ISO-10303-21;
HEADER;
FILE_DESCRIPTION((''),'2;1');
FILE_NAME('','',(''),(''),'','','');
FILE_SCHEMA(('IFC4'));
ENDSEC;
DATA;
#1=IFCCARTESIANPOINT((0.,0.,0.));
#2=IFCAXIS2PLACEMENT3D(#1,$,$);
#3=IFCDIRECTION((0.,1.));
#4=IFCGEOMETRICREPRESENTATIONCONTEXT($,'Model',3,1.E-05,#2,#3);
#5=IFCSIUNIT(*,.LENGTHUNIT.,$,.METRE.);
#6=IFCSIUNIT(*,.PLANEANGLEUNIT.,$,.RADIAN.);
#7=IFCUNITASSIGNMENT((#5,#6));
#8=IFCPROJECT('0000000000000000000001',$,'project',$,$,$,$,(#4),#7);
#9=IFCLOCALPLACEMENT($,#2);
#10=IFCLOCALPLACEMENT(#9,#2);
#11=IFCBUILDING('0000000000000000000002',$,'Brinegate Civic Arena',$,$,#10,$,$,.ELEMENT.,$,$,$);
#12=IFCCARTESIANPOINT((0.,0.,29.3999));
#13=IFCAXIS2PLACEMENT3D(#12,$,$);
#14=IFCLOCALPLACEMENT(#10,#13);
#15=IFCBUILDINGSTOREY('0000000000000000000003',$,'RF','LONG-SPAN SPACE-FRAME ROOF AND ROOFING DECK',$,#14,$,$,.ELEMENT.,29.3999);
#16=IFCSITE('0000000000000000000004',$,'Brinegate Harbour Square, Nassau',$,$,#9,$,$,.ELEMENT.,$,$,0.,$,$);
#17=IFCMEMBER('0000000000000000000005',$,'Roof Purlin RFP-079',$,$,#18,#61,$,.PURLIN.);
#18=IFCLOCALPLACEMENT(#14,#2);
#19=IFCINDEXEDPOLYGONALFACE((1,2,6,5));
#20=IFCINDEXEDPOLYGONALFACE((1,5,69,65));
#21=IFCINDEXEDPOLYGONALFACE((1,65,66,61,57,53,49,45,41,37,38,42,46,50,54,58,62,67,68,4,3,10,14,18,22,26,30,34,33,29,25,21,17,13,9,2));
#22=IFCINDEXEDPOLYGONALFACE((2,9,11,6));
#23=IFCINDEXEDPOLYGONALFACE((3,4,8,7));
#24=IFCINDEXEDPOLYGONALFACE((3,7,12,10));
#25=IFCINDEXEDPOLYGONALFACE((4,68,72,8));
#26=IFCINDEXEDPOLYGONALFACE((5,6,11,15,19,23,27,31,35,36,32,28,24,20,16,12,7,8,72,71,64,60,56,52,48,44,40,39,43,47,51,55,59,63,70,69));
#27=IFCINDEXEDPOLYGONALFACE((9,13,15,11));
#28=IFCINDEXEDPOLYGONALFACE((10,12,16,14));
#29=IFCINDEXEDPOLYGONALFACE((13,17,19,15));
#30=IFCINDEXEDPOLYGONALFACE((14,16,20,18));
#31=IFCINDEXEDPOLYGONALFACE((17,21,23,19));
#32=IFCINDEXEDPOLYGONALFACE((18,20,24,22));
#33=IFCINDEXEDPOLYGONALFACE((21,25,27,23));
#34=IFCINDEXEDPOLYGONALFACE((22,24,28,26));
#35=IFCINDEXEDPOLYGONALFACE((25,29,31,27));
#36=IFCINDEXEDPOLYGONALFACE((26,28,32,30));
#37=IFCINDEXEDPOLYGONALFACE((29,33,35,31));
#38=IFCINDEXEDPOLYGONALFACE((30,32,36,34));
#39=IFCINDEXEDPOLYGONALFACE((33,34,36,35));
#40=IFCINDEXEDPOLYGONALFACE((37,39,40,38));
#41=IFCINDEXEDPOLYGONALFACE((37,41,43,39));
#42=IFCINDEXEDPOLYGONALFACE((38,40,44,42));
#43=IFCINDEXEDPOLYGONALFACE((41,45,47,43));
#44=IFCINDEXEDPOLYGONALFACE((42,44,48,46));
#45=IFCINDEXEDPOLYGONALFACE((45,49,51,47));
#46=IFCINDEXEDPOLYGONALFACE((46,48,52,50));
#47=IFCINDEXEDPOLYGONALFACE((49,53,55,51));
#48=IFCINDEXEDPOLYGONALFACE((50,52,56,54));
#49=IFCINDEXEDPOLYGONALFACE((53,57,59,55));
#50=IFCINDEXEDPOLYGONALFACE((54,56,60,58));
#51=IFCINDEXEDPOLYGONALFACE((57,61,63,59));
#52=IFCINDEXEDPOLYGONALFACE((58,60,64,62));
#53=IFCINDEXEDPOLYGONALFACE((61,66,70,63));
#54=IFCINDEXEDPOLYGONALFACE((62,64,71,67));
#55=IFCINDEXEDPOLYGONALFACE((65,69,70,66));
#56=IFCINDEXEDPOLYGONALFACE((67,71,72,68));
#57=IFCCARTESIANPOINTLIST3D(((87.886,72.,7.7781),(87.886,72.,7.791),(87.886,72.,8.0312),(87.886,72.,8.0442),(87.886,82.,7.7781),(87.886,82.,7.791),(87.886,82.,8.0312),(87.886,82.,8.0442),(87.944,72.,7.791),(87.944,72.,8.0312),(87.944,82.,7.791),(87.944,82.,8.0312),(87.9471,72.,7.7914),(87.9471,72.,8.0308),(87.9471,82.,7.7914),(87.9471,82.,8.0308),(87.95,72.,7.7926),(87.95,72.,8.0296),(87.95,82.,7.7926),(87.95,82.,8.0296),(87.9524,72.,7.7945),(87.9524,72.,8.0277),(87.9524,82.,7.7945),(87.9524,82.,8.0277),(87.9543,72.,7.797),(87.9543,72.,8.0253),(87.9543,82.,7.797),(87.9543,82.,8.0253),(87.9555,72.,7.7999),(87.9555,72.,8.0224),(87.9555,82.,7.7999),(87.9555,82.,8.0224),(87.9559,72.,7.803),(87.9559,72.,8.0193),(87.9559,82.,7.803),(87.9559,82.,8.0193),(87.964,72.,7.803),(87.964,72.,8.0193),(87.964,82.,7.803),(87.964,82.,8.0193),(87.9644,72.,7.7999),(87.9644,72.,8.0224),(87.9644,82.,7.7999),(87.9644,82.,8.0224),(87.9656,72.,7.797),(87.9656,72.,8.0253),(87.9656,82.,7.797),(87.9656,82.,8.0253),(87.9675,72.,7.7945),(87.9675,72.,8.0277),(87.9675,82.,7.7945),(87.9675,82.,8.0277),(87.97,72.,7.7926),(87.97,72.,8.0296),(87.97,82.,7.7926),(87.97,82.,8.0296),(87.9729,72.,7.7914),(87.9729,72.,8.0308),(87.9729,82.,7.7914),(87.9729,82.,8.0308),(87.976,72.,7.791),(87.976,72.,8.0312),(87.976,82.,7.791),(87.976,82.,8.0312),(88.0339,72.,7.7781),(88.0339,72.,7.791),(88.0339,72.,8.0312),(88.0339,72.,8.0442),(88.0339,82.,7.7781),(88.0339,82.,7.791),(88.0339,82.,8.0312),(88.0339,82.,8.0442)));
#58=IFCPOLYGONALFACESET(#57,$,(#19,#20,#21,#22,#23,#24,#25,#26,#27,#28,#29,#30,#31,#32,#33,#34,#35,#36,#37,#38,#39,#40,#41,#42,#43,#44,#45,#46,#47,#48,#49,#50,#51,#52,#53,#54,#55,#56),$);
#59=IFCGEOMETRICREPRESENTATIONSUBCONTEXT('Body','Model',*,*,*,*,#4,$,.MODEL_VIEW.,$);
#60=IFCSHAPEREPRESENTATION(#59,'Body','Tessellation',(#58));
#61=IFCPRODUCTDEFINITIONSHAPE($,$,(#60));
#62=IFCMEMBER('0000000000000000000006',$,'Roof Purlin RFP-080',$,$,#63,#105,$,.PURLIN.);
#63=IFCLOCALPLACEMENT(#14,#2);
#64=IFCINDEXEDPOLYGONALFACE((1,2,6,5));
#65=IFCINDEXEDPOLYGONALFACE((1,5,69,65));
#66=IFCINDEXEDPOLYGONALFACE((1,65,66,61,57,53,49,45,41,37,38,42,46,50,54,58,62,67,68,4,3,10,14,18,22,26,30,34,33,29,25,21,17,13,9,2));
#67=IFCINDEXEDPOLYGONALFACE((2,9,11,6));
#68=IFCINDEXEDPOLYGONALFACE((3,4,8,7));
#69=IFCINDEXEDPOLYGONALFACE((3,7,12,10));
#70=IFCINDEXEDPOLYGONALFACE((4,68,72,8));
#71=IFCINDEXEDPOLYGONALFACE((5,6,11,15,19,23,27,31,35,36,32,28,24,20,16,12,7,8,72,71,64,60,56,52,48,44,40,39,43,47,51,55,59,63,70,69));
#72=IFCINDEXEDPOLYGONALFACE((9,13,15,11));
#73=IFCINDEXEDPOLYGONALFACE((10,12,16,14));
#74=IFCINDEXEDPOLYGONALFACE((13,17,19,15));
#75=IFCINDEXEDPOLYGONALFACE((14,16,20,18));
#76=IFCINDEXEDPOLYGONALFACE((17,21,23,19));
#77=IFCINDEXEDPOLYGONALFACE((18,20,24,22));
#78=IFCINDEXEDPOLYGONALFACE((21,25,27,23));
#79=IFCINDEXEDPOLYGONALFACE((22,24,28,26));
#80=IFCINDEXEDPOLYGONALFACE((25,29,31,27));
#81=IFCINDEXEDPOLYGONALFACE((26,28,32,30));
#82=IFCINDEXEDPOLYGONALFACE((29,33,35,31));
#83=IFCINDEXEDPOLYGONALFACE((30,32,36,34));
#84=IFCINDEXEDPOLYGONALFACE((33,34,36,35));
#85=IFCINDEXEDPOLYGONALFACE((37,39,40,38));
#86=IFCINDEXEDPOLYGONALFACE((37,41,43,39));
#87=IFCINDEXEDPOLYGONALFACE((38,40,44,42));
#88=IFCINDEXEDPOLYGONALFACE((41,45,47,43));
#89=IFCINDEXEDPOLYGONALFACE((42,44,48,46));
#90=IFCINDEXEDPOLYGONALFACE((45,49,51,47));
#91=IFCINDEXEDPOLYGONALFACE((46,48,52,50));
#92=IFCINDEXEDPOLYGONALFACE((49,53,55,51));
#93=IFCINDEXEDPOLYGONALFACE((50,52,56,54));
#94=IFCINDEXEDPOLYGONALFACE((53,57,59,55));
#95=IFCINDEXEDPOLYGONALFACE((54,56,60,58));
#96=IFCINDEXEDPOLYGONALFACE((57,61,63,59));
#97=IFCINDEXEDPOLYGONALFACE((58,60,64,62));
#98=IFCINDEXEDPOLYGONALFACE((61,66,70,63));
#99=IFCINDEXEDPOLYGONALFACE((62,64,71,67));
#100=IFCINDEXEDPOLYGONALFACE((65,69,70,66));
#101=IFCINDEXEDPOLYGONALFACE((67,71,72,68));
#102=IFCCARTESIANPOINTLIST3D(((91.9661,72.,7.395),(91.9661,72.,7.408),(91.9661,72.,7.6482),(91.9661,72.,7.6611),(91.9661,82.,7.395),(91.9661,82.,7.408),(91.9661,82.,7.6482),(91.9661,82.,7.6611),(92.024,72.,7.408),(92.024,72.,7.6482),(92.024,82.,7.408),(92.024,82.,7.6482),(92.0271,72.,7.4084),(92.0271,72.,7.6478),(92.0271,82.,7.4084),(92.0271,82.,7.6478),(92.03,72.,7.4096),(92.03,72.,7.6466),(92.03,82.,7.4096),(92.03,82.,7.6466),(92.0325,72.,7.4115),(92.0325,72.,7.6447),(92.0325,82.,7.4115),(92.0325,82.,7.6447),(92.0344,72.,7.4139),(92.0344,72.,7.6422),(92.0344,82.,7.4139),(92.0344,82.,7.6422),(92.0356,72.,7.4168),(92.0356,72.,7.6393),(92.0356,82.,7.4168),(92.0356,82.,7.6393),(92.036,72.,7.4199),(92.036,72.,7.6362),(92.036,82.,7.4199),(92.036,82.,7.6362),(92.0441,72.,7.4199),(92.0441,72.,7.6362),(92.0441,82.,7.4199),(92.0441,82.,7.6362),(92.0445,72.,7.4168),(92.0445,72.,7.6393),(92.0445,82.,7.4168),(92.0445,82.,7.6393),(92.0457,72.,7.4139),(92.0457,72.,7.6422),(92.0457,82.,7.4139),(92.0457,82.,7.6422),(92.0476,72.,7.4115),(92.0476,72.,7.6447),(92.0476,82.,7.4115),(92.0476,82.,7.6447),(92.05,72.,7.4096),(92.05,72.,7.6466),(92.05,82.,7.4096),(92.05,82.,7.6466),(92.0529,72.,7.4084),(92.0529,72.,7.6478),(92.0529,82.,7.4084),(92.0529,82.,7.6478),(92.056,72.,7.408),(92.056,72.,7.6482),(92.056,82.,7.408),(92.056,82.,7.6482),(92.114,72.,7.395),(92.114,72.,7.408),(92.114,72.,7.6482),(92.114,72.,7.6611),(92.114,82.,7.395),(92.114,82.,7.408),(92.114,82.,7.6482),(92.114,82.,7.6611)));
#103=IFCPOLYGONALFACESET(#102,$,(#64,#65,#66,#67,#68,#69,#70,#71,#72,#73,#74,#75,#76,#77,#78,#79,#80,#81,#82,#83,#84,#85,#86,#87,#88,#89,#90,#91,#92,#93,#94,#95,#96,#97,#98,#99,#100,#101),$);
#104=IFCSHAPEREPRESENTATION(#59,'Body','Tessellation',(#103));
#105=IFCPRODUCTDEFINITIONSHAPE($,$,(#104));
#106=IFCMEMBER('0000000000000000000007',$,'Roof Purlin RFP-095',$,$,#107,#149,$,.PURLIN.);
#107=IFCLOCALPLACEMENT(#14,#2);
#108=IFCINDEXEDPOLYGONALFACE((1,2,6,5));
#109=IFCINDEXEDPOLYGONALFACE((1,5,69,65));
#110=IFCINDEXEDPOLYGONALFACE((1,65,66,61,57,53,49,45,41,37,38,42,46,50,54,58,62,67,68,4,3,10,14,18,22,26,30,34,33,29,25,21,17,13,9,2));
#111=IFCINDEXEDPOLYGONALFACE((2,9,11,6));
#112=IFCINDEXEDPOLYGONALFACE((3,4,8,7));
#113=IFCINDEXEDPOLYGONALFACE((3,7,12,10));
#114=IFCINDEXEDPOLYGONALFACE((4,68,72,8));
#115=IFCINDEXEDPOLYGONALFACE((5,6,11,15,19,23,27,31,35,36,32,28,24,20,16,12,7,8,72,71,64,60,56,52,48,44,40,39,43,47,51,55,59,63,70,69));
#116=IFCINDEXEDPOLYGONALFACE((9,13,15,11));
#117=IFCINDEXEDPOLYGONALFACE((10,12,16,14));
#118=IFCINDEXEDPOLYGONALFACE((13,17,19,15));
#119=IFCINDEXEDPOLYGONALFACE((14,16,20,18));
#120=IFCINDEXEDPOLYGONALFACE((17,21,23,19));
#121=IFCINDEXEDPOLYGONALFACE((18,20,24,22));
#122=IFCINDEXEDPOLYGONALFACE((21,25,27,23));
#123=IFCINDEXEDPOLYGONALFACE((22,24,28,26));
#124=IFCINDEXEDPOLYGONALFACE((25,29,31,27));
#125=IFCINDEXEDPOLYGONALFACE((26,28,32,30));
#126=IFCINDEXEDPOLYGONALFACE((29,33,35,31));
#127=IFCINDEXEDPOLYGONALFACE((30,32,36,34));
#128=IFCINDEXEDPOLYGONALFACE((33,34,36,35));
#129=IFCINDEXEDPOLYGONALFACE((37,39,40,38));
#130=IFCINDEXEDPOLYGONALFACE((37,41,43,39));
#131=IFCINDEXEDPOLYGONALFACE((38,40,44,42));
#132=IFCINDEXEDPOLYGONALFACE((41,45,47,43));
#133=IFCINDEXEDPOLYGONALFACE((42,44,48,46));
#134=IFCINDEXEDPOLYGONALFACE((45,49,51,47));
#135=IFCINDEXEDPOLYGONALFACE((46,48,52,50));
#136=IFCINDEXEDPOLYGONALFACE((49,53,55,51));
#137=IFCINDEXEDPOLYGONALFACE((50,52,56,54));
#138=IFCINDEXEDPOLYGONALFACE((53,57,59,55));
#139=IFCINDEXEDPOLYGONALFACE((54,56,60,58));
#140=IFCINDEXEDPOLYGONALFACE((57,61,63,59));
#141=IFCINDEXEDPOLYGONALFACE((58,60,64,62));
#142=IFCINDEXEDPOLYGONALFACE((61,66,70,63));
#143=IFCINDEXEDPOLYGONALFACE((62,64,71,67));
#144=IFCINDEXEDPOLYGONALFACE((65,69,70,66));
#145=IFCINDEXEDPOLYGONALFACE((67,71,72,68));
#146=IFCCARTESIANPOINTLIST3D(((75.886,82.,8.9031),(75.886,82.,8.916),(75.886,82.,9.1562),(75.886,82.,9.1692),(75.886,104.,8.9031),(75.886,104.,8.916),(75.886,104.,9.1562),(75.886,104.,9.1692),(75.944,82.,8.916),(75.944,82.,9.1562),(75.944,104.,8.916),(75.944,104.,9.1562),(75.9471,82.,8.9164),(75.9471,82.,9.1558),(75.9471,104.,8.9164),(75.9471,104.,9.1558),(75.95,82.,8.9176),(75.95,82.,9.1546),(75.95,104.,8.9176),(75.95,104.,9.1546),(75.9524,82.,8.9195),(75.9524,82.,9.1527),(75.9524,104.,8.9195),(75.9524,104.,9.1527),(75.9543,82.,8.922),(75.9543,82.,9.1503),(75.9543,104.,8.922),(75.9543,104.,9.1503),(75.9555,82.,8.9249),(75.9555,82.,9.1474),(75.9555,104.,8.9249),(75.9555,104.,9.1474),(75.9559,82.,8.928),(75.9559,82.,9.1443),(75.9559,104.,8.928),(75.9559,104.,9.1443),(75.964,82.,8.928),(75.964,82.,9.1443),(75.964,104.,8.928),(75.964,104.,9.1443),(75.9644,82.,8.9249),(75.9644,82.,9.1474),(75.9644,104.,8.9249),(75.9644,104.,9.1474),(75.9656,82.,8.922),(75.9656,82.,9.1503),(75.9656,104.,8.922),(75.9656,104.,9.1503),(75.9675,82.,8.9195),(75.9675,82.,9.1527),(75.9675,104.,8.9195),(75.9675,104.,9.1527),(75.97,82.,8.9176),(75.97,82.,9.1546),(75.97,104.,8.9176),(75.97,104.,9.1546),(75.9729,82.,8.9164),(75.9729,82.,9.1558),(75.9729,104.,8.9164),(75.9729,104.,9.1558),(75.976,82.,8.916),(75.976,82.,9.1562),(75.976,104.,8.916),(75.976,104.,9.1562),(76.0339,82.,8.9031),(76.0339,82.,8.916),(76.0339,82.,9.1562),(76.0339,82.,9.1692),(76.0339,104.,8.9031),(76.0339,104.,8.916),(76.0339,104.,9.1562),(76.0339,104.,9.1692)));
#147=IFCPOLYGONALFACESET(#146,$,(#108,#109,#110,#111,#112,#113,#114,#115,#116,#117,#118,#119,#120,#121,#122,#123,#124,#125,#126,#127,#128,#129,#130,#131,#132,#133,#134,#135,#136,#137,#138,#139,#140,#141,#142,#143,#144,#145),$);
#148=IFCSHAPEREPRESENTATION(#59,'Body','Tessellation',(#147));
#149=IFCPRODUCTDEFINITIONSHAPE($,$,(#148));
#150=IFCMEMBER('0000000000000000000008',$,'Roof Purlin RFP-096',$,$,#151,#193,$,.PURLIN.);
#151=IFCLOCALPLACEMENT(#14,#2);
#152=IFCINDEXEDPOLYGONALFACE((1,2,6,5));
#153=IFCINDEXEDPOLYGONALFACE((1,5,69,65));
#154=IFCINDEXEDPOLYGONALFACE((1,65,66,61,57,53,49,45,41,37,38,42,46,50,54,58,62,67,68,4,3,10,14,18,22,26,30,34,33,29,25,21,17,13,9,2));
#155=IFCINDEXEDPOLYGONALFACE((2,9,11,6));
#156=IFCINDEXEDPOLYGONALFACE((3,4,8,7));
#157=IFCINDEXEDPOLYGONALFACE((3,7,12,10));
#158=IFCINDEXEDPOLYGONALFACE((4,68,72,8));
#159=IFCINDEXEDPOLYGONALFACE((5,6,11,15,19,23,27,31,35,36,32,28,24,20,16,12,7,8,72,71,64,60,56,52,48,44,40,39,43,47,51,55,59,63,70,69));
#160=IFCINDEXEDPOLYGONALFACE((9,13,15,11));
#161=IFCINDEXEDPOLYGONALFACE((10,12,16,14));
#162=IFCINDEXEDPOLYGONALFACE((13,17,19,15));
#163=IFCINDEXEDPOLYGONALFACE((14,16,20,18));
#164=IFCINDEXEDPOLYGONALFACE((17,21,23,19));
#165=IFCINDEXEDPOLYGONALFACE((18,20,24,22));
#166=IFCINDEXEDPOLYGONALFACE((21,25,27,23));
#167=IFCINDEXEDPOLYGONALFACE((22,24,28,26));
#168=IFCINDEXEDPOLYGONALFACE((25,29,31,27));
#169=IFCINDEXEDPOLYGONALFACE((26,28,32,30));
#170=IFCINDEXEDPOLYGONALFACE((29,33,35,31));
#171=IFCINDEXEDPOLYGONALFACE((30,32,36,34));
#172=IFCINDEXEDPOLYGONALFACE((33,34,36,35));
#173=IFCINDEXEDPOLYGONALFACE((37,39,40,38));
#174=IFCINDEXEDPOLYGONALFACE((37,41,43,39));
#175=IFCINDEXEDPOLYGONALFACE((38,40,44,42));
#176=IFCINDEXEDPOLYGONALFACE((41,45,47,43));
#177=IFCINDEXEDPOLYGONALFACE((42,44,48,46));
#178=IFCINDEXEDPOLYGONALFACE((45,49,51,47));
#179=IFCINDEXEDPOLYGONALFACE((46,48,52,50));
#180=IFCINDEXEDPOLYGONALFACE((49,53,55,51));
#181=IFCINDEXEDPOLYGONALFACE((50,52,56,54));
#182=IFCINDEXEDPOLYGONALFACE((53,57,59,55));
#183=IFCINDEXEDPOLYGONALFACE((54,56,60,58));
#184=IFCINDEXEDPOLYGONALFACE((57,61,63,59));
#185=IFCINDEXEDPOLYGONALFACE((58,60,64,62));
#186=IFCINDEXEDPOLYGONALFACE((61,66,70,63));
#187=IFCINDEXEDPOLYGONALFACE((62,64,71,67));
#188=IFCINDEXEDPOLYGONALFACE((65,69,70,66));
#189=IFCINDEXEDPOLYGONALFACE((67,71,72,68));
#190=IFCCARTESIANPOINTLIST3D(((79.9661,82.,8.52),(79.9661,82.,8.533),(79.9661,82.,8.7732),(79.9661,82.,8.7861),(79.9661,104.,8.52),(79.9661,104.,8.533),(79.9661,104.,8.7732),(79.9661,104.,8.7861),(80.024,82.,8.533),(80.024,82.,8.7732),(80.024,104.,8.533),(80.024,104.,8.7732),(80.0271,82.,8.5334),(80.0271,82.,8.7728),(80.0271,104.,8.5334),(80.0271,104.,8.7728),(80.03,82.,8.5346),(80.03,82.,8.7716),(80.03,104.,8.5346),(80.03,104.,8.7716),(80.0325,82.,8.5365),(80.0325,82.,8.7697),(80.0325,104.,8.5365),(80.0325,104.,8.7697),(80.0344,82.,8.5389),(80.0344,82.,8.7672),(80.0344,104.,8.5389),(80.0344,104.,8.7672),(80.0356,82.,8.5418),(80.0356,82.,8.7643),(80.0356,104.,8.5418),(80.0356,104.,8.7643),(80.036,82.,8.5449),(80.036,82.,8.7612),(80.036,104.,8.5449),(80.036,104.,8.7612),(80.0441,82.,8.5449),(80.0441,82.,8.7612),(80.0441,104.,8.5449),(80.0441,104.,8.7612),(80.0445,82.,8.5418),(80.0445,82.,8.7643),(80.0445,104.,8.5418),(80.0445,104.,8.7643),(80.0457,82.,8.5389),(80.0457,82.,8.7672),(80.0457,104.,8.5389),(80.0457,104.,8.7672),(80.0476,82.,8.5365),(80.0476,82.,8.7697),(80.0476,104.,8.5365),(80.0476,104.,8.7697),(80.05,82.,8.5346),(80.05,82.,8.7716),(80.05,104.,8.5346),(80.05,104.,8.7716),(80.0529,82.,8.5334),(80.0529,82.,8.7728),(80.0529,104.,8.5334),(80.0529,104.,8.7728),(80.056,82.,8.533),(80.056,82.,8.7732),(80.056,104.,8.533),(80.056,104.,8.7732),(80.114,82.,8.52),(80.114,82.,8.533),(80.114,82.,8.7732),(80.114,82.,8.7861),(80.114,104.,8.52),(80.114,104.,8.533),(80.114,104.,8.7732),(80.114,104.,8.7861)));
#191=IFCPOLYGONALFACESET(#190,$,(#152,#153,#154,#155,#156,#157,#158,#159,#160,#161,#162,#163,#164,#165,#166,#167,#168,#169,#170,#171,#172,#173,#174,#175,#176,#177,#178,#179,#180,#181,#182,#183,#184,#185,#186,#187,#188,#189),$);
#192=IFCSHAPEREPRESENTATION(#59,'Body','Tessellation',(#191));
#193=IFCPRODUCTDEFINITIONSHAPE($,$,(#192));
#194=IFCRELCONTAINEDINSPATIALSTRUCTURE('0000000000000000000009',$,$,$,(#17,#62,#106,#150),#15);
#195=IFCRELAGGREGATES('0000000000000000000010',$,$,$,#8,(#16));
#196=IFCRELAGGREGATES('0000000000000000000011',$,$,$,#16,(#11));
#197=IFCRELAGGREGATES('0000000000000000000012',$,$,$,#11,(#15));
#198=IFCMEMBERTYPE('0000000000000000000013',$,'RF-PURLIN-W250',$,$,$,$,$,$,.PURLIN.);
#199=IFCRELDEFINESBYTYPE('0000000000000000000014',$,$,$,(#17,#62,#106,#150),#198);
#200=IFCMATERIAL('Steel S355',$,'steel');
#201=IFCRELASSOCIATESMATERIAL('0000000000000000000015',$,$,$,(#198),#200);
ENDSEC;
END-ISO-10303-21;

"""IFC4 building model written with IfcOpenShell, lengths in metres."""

from ifc_helpers import new_model, si_unit, direction, frame, origin, origin_2d, place, context, subcontext, project, spatial, i_section, extrude, material, material_profile, profile_set, type_object, element, save


model = new_model("IFC4")

# Units and contexts
model_context = context("Model", 3, precision=1e-05, world=origin(), true_north=direction((0.0, 1.0)))
body_context = subcontext(model_context, "Body", "Model", "MODEL_VIEW")
ifc_project = project(units=[si_unit("LENGTHUNIT", "METRE"), si_unit("PLANEANGLEUNIT", "RADIAN")], contexts=[model_context])

# Site, building, storey
site_placement = place(None, origin())
site = spatial("IfcSite", under=ifc_project, at=site_placement, Name="Brinegate Harbour Square, Nassau", CompositionType="ELEMENT", RefElevation=0.0)
building_placement = place(site_placement, origin())
building = spatial("IfcBuilding", under=site, at=building_placement, Name="Brinegate Civic Arena", CompositionType="ELEMENT")
storey_placement = place(building_placement, frame((0.0, 0.0, 29.3999)))
storey = spatial("IfcBuildingStorey", under=building, at=storey_placement, Name="RF", Description="LONG-SPAN SPACE-FRAME ROOF AND ROOFING DECK", CompositionType="ELEMENT", Elevation=29.3999)

# Members
ifc_material = material(Name="Steel S355", Category="steel")
ifc_material_profile_1 = material_profile(ifc_material, i_section(OverallWidth=0.1479, OverallDepth=0.2661, WebThickness=0.0081, FlangeThickness=0.0129, FilletRadius=0.012, at=origin_2d()), Name="W250X45")
ifc_profile_set_1 = profile_set([ifc_material_profile_1], Name="Steel S355")
member_type_1 = type_object("IfcMemberType", Name="RF-PURLIN-W250", PredefinedType="PURLIN", material=ifc_profile_set_1)
for number, where, z_axis, x_axis, name in (
    (1, (87.96, 72.0, 7.9111), (0.0, 1.0, 0.0), (-1.0, 0.0, 0.0), "Roof Purlin RFP-079"),
    (2, (92.04, 72.0, 7.5281), (0.0, 1.0, 0.0), (-1.0, 0.0, 0.0), "Roof Purlin RFP-080"),
):
    element("IfcMember", number, at=place(storey_placement, frame(where, z_axis=z_axis, x_axis=x_axis)), inside=storey, type_object=member_type_1, Name=name, PredefinedType="PURLIN", context=body_context, shape_type="SweptSolid", body=[
        extrude(i_section(OverallWidth=0.1479, OverallDepth=0.2661, WebThickness=0.0081, FlangeThickness=0.0129, FilletRadius=0.012, at=origin_2d()), origin(), (0.0, 0.0, 1.0), 10.0),
    ])
for number, where, z_axis, x_axis, name in (
    (3, (75.96, 82.0, 9.0361), (0.0, 1.0, 0.0), (-1.0, 0.0, 0.0), "Roof Purlin RFP-095"),
    (4, (80.04, 82.0, 8.6531), (0.0, 1.0, 0.0), (-1.0, 0.0, 0.0), "Roof Purlin RFP-096"),
):
    element("IfcMember", number, at=place(storey_placement, frame(where, z_axis=z_axis, x_axis=x_axis)), inside=storey, type_object=member_type_1, Name=name, PredefinedType="PURLIN", context=body_context, shape_type="SweptSolid", body=[
        extrude(i_section(OverallWidth=0.1479, OverallDepth=0.2661, WebThickness=0.0081, FlangeThickness=0.0129, FilletRadius=0.012, at=origin_2d()), origin(), (0.0, 0.0, 1.0), 22.0),
    ])

save(model, "model.ifc")
